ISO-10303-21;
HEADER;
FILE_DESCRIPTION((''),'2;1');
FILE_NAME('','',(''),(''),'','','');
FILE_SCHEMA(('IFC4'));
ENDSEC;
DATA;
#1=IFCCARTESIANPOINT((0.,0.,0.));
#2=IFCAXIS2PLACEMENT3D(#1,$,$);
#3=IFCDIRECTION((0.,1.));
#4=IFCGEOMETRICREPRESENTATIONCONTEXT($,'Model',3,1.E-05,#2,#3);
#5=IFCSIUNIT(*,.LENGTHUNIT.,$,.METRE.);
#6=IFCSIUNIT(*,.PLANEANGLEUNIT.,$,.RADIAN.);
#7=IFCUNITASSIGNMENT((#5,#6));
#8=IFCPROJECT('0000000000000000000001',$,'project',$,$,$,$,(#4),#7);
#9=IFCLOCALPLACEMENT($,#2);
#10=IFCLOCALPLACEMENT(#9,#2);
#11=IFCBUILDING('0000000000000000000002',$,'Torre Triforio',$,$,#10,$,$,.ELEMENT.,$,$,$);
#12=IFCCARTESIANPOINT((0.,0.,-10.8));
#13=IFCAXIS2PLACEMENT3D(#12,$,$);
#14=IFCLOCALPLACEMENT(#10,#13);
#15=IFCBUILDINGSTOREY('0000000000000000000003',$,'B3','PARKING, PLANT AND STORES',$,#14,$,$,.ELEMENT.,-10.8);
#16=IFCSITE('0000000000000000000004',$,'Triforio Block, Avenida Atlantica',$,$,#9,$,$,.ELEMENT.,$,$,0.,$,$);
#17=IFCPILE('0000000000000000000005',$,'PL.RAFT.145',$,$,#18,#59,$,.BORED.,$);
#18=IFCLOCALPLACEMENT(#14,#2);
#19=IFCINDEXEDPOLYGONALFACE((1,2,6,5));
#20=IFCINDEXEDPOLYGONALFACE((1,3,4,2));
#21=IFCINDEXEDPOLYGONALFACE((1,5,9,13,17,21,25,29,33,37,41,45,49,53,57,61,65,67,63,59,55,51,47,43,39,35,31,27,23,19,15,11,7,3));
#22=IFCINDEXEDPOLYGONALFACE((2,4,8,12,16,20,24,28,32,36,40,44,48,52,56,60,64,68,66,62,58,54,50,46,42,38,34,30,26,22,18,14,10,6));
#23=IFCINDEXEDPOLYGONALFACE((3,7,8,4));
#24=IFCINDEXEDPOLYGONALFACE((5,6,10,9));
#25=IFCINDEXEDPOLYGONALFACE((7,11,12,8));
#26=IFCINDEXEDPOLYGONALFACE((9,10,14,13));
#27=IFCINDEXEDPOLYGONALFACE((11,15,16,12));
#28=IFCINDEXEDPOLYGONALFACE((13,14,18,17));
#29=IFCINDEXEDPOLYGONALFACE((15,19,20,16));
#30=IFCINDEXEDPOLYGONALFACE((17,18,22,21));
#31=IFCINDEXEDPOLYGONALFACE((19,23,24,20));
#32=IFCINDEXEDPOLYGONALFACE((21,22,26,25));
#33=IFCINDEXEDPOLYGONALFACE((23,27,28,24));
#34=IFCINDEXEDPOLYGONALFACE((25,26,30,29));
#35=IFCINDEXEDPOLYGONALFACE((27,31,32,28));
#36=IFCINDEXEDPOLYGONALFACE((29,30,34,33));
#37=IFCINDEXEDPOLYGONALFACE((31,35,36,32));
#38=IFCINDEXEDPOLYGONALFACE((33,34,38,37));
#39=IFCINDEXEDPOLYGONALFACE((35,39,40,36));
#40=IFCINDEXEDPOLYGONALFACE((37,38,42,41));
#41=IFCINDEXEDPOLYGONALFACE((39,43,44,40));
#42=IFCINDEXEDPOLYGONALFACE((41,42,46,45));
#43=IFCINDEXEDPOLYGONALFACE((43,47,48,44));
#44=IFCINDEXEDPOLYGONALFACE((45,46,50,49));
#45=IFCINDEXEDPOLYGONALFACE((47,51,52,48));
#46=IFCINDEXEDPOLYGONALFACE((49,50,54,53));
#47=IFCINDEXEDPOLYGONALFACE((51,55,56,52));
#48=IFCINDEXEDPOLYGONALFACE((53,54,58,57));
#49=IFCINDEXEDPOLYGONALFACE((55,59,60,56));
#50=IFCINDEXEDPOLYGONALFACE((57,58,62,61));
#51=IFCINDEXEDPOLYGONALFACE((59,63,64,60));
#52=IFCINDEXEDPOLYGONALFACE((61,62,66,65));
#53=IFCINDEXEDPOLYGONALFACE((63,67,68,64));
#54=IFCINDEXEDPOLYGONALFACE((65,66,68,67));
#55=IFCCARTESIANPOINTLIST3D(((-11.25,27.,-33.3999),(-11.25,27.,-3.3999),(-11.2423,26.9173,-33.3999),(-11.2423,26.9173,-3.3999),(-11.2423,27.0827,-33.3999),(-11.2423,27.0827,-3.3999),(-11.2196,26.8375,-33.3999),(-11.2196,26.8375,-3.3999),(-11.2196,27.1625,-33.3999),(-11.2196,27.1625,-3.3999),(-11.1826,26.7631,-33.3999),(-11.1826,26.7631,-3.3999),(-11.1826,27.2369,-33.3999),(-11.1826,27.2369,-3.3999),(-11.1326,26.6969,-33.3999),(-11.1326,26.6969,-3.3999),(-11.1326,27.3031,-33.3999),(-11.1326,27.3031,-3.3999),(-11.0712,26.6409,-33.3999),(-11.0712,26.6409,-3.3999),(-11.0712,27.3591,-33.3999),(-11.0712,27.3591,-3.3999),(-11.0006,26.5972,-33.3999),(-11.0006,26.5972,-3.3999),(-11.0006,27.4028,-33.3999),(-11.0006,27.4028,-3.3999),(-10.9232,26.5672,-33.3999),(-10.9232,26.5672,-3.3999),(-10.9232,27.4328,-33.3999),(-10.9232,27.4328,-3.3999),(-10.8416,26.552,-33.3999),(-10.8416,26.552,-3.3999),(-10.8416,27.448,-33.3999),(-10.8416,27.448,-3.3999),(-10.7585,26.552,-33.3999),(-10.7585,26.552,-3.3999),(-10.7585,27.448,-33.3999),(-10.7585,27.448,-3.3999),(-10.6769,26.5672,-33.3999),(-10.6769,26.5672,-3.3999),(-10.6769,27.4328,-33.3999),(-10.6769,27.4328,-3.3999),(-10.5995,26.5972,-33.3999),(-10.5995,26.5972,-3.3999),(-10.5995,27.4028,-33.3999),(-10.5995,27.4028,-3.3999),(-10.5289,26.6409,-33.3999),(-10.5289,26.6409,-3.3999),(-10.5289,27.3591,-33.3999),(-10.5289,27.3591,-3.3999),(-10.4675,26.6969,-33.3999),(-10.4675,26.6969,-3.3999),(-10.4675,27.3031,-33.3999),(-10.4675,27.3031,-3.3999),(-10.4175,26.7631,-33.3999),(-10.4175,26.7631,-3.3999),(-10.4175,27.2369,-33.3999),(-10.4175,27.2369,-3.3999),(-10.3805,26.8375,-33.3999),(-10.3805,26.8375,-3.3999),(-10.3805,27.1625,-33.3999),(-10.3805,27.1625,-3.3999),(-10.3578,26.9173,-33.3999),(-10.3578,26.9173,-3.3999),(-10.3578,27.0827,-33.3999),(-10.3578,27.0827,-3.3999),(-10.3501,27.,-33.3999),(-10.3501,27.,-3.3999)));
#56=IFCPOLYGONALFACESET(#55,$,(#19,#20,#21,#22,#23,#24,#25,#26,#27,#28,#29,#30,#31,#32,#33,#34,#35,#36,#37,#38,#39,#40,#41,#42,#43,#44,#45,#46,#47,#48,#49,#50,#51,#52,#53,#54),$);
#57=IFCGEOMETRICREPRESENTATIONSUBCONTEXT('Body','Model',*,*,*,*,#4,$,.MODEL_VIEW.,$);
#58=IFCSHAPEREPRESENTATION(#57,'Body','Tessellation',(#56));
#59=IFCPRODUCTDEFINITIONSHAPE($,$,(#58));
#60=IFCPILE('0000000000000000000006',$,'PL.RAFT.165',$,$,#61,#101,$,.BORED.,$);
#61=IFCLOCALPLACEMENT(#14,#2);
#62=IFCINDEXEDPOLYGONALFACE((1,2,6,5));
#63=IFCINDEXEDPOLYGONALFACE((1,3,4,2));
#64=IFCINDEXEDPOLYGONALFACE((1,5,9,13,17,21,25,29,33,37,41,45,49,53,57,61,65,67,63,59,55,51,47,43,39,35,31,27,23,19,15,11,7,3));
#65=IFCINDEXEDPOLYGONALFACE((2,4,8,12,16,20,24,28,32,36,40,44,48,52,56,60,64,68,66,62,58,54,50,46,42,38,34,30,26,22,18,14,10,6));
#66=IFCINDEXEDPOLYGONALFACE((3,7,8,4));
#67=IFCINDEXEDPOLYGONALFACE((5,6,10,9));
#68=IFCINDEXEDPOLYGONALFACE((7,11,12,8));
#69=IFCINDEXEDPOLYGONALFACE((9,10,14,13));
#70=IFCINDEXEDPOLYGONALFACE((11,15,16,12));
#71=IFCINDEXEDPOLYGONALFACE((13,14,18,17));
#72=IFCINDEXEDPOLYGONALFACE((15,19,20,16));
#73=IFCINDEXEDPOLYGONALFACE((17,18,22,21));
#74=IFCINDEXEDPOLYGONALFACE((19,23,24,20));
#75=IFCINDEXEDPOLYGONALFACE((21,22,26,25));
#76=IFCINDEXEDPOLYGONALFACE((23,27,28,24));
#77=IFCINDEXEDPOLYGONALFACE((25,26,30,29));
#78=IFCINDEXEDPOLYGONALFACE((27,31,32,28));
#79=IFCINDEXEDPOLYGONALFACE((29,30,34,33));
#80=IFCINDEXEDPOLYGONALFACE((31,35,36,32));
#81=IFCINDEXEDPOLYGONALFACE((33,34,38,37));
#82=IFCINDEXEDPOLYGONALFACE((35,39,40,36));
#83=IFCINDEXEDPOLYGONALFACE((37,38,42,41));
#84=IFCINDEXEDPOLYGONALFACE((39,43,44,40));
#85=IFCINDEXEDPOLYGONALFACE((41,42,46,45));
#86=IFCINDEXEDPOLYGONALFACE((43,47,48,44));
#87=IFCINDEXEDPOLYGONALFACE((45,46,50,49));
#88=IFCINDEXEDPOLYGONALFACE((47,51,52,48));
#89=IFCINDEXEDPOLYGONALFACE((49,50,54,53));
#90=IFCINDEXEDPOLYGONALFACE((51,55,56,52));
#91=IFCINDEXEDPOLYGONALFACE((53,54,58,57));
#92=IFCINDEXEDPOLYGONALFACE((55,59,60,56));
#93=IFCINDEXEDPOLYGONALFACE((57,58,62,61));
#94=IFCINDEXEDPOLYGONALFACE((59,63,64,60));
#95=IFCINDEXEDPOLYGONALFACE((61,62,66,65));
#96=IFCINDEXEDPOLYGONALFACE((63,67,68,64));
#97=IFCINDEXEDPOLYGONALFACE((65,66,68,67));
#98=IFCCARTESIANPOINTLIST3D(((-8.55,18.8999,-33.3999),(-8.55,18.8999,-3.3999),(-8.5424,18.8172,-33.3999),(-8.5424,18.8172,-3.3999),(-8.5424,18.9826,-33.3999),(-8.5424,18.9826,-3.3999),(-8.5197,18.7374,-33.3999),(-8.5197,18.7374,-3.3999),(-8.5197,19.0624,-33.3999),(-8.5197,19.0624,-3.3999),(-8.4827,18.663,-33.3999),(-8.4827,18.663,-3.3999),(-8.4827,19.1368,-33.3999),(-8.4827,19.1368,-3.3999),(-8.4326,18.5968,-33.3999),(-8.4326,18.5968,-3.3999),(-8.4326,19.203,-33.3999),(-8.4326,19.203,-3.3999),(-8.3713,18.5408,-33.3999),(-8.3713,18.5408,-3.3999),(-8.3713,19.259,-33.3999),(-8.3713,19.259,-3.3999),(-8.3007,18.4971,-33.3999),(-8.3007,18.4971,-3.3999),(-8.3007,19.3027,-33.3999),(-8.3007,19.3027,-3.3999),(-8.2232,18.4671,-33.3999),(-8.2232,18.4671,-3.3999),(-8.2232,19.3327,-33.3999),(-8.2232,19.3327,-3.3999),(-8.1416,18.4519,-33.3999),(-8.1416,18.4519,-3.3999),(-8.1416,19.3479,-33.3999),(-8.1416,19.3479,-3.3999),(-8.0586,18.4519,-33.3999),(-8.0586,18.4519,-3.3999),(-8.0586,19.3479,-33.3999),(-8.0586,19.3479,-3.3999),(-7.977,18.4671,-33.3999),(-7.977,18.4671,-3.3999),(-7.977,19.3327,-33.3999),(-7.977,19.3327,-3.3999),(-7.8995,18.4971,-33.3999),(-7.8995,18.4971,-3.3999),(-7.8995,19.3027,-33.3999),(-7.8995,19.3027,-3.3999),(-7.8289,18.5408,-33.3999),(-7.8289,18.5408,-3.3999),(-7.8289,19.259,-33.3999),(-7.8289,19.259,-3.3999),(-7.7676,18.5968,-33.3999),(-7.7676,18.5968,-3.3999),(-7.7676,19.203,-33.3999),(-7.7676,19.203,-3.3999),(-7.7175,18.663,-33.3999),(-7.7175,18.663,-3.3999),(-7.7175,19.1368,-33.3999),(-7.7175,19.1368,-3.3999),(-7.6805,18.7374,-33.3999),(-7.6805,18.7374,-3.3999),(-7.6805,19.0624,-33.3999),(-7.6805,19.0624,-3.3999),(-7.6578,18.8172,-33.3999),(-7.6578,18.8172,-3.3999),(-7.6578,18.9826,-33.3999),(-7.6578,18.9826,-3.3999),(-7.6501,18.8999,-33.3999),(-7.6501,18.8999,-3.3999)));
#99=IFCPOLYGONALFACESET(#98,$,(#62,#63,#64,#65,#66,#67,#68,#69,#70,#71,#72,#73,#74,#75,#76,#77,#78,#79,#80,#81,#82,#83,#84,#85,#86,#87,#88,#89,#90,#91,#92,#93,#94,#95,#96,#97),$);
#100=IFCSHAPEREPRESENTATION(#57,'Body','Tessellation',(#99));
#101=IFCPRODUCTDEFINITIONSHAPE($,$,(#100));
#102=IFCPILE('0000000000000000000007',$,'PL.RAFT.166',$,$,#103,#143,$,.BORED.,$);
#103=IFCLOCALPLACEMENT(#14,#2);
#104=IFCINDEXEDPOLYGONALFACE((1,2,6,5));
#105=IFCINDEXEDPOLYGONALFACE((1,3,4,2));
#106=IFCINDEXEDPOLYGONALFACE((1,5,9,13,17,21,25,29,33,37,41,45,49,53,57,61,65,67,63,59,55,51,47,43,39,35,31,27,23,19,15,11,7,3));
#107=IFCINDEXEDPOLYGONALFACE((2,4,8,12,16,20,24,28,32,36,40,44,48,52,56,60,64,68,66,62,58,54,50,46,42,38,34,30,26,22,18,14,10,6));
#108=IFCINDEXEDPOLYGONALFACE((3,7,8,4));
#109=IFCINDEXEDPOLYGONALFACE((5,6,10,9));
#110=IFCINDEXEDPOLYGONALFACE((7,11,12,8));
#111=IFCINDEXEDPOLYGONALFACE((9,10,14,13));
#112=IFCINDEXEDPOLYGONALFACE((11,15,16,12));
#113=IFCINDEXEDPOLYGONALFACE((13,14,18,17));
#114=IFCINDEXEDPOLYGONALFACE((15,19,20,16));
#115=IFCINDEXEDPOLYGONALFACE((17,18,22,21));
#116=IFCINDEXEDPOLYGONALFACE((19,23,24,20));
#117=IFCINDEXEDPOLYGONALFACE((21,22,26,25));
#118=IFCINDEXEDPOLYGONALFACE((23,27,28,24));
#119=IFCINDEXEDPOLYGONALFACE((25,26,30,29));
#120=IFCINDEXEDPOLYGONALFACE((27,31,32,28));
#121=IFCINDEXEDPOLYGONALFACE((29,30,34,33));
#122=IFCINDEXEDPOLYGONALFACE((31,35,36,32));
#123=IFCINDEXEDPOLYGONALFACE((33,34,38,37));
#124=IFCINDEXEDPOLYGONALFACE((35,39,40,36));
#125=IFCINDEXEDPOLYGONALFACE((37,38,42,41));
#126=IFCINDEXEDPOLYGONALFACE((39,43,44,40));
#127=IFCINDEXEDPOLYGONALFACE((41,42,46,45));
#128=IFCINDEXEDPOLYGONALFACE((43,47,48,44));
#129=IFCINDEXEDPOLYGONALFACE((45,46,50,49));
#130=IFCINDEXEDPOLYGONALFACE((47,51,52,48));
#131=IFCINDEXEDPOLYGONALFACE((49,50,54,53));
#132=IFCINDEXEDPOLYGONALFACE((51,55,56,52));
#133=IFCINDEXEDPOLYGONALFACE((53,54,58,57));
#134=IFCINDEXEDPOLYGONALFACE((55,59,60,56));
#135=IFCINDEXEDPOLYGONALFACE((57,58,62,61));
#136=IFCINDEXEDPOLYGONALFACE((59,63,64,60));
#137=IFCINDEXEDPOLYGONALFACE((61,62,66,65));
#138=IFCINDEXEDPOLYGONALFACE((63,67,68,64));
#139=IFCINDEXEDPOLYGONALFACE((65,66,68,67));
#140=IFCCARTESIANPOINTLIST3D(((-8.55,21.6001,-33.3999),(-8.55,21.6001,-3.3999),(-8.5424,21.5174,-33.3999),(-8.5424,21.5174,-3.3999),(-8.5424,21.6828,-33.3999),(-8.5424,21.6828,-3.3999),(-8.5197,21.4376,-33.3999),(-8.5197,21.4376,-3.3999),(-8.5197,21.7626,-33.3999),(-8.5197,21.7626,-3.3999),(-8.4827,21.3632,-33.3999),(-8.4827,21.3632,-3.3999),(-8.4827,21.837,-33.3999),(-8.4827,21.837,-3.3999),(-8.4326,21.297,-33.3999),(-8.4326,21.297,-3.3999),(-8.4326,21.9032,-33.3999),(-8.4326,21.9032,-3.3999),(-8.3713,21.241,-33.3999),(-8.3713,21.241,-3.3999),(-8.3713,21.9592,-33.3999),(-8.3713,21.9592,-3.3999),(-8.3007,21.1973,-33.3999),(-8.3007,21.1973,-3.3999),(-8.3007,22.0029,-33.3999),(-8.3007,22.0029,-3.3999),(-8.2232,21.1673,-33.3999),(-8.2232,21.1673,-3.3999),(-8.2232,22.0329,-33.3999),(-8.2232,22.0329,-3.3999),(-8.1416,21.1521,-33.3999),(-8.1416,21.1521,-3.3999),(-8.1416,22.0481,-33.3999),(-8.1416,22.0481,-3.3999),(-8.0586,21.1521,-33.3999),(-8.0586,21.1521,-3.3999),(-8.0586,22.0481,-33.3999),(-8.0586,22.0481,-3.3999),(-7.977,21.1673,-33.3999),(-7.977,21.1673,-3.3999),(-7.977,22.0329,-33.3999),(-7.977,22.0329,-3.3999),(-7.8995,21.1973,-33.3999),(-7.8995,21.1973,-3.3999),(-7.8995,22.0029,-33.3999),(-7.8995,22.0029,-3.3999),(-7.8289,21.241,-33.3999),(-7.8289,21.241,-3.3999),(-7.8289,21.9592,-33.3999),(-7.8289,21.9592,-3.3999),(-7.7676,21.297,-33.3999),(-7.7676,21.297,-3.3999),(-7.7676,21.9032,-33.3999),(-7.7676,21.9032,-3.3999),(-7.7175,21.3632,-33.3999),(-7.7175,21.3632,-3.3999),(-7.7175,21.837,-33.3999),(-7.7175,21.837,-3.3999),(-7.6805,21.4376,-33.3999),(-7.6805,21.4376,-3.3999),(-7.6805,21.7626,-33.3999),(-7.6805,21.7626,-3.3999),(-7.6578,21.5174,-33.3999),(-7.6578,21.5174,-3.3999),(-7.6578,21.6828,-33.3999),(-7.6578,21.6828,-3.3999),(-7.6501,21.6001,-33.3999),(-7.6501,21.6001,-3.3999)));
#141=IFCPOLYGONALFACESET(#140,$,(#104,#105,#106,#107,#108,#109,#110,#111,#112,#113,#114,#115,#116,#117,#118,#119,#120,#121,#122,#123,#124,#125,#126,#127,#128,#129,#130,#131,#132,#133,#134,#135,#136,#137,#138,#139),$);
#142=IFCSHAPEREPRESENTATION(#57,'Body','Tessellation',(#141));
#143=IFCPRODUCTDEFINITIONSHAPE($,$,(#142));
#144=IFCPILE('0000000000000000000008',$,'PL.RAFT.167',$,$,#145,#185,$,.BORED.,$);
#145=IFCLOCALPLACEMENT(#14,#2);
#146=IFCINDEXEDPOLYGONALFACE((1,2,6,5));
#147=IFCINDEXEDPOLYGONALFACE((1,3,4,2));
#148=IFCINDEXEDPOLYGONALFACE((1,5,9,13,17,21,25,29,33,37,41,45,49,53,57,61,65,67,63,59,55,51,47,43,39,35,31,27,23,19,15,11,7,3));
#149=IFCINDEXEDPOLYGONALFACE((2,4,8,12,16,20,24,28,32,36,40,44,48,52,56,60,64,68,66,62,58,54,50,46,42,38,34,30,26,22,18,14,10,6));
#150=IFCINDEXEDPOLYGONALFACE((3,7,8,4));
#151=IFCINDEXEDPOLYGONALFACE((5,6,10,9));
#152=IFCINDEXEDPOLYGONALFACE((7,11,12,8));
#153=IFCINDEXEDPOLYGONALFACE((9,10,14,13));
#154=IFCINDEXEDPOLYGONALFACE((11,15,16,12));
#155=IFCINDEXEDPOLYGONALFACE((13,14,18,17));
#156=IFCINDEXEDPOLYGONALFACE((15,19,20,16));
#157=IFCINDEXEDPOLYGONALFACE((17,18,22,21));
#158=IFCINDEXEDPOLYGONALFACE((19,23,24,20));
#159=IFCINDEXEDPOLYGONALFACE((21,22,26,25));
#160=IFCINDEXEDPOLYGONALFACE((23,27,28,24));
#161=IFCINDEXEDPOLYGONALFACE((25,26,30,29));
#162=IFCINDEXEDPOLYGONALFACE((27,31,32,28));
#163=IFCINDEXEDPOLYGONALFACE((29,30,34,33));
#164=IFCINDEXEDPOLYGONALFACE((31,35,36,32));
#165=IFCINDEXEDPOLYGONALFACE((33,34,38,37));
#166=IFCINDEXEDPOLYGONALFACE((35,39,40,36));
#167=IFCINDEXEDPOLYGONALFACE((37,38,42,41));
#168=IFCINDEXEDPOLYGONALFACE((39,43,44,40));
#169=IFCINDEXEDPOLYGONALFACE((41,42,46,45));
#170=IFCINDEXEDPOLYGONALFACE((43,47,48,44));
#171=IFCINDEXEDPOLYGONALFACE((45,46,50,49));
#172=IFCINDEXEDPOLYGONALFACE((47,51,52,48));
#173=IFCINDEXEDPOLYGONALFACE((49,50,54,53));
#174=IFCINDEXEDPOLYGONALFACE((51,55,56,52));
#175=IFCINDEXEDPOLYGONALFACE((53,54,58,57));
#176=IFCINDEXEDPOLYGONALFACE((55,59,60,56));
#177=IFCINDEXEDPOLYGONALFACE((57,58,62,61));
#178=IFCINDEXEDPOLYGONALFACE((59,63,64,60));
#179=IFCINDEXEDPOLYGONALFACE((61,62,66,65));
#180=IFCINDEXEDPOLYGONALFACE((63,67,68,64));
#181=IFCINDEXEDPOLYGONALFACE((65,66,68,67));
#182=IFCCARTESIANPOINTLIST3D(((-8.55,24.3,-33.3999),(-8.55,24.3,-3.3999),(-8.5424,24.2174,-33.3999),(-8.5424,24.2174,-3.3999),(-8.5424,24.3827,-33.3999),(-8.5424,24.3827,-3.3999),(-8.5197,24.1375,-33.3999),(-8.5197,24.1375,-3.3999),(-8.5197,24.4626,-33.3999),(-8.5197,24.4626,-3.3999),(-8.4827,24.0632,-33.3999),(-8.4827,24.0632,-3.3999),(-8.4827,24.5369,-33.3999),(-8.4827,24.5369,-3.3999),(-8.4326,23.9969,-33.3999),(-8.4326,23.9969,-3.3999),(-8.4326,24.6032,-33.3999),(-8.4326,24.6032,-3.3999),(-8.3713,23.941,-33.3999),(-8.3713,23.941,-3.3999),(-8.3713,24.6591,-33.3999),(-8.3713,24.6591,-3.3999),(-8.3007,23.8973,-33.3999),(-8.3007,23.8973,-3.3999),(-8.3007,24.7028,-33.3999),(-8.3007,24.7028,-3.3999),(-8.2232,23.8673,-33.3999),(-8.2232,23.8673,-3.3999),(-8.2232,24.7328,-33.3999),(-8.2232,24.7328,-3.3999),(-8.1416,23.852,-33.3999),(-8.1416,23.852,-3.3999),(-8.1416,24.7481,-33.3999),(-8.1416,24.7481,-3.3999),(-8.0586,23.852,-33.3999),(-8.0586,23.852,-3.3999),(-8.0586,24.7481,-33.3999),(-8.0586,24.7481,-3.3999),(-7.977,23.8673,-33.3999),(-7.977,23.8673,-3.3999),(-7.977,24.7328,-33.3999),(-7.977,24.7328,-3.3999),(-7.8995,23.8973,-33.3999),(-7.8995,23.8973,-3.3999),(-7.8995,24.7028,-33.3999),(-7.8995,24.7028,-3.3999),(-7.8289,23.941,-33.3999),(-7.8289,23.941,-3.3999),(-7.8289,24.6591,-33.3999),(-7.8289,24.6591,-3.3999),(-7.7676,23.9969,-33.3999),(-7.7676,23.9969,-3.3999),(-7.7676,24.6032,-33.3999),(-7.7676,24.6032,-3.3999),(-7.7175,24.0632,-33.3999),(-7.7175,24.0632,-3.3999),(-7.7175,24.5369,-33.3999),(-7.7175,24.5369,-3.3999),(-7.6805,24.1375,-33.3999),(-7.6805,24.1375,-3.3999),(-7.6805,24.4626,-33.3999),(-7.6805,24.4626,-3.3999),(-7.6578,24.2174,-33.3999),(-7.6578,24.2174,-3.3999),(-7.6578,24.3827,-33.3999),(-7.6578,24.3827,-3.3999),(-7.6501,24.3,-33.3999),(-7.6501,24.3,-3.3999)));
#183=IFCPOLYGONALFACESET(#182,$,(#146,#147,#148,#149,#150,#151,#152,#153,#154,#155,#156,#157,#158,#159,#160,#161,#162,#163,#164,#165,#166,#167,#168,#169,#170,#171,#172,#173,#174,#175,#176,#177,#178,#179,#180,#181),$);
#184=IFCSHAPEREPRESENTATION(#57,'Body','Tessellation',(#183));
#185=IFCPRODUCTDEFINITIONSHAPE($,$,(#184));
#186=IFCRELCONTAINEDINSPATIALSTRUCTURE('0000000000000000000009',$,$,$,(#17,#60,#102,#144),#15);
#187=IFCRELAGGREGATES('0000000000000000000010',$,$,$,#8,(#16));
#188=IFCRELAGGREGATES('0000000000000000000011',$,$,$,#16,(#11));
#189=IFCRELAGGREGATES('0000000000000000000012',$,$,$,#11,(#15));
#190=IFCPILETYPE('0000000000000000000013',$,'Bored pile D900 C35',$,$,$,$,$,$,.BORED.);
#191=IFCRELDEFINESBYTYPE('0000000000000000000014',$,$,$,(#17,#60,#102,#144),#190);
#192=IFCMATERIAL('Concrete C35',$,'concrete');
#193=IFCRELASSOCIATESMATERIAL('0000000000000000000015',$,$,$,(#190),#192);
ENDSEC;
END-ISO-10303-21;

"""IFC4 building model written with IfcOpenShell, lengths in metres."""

from ifc_helpers import new_model, si_unit, direction, frame, origin, origin_2d, place, context, subcontext, project, spatial, circle, extrude, material, material_profile, profile_set, type_object, element, save


model = new_model("IFC4")

# Units and contexts
model_context = context("Model", 3, precision=1e-05, world=origin(), true_north=direction((0.0, 1.0)))
body_context = subcontext(model_context, "Body", "Model", "MODEL_VIEW")
ifc_project = project(units=[si_unit("LENGTHUNIT", "METRE"), si_unit("PLANEANGLEUNIT", "RADIAN")], contexts=[model_context])

# Site, building, storey
site_placement = place(None, origin())
site = spatial("IfcSite", under=ifc_project, at=site_placement, Name="Triforio Block, Avenida Atlantica", CompositionType="ELEMENT", RefElevation=0.0)
building_placement = place(site_placement, origin())
building = spatial("IfcBuilding", under=site, at=building_placement, Name="Torre Triforio", CompositionType="ELEMENT")
storey_placement = place(building_placement, frame((0.0, 0.0, -10.8)))
storey = spatial("IfcBuildingStorey", under=building, at=storey_placement, Name="B3", Description="PARKING, PLANT AND STORES", CompositionType="ELEMENT", Elevation=-10.8)

# Piles
ifc_material_1 = material(Name="Concrete C35", Category="concrete")
ifc_material_profile_1 = material_profile(ifc_material_1, circle(Radius=0.45, at=origin_2d()), Name="RC D900")
ifc_profile_set_1 = profile_set([ifc_material_profile_1], Name="Concrete C35")
pile_type = type_object("IfcPileType", Name="Bored pile D900 C35", PredefinedType="BORED", material=ifc_profile_set_1)
for number, where, z_axis, x_axis, name in (
    (1, (-10.8, 27.0, -3.3999), (0.0, 0.0, -1.0), (1.0, 0.0, 0.0), "PL.RAFT.145"),
    (2, (-8.1001, 18.8999, -3.3999), (0.0, 0.0, -1.0), (1.0, 0.0, 0.0), "PL.RAFT.165"),
    (3, (-8.1001, 21.6001, -3.3999), (0.0, 0.0, -1.0), (1.0, 0.0, 0.0), "PL.RAFT.166"),
    (4, (-8.1001, 24.3, -3.3999), (0.0, 0.0, -1.0), (1.0, 0.0, 0.0), "PL.RAFT.167"),
):
    element("IfcPile", number, at=place(storey_placement, frame(where, z_axis=z_axis, x_axis=x_axis)), inside=storey, type_object=pile_type, Name=name, PredefinedType="BORED", context=body_context, shape_type="SweptSolid", body=[
        extrude(circle(Radius=0.45, at=origin_2d()), origin(), (0.0, 0.0, 1.0), 30.0),
    ])

save(model, "model.ifc")
